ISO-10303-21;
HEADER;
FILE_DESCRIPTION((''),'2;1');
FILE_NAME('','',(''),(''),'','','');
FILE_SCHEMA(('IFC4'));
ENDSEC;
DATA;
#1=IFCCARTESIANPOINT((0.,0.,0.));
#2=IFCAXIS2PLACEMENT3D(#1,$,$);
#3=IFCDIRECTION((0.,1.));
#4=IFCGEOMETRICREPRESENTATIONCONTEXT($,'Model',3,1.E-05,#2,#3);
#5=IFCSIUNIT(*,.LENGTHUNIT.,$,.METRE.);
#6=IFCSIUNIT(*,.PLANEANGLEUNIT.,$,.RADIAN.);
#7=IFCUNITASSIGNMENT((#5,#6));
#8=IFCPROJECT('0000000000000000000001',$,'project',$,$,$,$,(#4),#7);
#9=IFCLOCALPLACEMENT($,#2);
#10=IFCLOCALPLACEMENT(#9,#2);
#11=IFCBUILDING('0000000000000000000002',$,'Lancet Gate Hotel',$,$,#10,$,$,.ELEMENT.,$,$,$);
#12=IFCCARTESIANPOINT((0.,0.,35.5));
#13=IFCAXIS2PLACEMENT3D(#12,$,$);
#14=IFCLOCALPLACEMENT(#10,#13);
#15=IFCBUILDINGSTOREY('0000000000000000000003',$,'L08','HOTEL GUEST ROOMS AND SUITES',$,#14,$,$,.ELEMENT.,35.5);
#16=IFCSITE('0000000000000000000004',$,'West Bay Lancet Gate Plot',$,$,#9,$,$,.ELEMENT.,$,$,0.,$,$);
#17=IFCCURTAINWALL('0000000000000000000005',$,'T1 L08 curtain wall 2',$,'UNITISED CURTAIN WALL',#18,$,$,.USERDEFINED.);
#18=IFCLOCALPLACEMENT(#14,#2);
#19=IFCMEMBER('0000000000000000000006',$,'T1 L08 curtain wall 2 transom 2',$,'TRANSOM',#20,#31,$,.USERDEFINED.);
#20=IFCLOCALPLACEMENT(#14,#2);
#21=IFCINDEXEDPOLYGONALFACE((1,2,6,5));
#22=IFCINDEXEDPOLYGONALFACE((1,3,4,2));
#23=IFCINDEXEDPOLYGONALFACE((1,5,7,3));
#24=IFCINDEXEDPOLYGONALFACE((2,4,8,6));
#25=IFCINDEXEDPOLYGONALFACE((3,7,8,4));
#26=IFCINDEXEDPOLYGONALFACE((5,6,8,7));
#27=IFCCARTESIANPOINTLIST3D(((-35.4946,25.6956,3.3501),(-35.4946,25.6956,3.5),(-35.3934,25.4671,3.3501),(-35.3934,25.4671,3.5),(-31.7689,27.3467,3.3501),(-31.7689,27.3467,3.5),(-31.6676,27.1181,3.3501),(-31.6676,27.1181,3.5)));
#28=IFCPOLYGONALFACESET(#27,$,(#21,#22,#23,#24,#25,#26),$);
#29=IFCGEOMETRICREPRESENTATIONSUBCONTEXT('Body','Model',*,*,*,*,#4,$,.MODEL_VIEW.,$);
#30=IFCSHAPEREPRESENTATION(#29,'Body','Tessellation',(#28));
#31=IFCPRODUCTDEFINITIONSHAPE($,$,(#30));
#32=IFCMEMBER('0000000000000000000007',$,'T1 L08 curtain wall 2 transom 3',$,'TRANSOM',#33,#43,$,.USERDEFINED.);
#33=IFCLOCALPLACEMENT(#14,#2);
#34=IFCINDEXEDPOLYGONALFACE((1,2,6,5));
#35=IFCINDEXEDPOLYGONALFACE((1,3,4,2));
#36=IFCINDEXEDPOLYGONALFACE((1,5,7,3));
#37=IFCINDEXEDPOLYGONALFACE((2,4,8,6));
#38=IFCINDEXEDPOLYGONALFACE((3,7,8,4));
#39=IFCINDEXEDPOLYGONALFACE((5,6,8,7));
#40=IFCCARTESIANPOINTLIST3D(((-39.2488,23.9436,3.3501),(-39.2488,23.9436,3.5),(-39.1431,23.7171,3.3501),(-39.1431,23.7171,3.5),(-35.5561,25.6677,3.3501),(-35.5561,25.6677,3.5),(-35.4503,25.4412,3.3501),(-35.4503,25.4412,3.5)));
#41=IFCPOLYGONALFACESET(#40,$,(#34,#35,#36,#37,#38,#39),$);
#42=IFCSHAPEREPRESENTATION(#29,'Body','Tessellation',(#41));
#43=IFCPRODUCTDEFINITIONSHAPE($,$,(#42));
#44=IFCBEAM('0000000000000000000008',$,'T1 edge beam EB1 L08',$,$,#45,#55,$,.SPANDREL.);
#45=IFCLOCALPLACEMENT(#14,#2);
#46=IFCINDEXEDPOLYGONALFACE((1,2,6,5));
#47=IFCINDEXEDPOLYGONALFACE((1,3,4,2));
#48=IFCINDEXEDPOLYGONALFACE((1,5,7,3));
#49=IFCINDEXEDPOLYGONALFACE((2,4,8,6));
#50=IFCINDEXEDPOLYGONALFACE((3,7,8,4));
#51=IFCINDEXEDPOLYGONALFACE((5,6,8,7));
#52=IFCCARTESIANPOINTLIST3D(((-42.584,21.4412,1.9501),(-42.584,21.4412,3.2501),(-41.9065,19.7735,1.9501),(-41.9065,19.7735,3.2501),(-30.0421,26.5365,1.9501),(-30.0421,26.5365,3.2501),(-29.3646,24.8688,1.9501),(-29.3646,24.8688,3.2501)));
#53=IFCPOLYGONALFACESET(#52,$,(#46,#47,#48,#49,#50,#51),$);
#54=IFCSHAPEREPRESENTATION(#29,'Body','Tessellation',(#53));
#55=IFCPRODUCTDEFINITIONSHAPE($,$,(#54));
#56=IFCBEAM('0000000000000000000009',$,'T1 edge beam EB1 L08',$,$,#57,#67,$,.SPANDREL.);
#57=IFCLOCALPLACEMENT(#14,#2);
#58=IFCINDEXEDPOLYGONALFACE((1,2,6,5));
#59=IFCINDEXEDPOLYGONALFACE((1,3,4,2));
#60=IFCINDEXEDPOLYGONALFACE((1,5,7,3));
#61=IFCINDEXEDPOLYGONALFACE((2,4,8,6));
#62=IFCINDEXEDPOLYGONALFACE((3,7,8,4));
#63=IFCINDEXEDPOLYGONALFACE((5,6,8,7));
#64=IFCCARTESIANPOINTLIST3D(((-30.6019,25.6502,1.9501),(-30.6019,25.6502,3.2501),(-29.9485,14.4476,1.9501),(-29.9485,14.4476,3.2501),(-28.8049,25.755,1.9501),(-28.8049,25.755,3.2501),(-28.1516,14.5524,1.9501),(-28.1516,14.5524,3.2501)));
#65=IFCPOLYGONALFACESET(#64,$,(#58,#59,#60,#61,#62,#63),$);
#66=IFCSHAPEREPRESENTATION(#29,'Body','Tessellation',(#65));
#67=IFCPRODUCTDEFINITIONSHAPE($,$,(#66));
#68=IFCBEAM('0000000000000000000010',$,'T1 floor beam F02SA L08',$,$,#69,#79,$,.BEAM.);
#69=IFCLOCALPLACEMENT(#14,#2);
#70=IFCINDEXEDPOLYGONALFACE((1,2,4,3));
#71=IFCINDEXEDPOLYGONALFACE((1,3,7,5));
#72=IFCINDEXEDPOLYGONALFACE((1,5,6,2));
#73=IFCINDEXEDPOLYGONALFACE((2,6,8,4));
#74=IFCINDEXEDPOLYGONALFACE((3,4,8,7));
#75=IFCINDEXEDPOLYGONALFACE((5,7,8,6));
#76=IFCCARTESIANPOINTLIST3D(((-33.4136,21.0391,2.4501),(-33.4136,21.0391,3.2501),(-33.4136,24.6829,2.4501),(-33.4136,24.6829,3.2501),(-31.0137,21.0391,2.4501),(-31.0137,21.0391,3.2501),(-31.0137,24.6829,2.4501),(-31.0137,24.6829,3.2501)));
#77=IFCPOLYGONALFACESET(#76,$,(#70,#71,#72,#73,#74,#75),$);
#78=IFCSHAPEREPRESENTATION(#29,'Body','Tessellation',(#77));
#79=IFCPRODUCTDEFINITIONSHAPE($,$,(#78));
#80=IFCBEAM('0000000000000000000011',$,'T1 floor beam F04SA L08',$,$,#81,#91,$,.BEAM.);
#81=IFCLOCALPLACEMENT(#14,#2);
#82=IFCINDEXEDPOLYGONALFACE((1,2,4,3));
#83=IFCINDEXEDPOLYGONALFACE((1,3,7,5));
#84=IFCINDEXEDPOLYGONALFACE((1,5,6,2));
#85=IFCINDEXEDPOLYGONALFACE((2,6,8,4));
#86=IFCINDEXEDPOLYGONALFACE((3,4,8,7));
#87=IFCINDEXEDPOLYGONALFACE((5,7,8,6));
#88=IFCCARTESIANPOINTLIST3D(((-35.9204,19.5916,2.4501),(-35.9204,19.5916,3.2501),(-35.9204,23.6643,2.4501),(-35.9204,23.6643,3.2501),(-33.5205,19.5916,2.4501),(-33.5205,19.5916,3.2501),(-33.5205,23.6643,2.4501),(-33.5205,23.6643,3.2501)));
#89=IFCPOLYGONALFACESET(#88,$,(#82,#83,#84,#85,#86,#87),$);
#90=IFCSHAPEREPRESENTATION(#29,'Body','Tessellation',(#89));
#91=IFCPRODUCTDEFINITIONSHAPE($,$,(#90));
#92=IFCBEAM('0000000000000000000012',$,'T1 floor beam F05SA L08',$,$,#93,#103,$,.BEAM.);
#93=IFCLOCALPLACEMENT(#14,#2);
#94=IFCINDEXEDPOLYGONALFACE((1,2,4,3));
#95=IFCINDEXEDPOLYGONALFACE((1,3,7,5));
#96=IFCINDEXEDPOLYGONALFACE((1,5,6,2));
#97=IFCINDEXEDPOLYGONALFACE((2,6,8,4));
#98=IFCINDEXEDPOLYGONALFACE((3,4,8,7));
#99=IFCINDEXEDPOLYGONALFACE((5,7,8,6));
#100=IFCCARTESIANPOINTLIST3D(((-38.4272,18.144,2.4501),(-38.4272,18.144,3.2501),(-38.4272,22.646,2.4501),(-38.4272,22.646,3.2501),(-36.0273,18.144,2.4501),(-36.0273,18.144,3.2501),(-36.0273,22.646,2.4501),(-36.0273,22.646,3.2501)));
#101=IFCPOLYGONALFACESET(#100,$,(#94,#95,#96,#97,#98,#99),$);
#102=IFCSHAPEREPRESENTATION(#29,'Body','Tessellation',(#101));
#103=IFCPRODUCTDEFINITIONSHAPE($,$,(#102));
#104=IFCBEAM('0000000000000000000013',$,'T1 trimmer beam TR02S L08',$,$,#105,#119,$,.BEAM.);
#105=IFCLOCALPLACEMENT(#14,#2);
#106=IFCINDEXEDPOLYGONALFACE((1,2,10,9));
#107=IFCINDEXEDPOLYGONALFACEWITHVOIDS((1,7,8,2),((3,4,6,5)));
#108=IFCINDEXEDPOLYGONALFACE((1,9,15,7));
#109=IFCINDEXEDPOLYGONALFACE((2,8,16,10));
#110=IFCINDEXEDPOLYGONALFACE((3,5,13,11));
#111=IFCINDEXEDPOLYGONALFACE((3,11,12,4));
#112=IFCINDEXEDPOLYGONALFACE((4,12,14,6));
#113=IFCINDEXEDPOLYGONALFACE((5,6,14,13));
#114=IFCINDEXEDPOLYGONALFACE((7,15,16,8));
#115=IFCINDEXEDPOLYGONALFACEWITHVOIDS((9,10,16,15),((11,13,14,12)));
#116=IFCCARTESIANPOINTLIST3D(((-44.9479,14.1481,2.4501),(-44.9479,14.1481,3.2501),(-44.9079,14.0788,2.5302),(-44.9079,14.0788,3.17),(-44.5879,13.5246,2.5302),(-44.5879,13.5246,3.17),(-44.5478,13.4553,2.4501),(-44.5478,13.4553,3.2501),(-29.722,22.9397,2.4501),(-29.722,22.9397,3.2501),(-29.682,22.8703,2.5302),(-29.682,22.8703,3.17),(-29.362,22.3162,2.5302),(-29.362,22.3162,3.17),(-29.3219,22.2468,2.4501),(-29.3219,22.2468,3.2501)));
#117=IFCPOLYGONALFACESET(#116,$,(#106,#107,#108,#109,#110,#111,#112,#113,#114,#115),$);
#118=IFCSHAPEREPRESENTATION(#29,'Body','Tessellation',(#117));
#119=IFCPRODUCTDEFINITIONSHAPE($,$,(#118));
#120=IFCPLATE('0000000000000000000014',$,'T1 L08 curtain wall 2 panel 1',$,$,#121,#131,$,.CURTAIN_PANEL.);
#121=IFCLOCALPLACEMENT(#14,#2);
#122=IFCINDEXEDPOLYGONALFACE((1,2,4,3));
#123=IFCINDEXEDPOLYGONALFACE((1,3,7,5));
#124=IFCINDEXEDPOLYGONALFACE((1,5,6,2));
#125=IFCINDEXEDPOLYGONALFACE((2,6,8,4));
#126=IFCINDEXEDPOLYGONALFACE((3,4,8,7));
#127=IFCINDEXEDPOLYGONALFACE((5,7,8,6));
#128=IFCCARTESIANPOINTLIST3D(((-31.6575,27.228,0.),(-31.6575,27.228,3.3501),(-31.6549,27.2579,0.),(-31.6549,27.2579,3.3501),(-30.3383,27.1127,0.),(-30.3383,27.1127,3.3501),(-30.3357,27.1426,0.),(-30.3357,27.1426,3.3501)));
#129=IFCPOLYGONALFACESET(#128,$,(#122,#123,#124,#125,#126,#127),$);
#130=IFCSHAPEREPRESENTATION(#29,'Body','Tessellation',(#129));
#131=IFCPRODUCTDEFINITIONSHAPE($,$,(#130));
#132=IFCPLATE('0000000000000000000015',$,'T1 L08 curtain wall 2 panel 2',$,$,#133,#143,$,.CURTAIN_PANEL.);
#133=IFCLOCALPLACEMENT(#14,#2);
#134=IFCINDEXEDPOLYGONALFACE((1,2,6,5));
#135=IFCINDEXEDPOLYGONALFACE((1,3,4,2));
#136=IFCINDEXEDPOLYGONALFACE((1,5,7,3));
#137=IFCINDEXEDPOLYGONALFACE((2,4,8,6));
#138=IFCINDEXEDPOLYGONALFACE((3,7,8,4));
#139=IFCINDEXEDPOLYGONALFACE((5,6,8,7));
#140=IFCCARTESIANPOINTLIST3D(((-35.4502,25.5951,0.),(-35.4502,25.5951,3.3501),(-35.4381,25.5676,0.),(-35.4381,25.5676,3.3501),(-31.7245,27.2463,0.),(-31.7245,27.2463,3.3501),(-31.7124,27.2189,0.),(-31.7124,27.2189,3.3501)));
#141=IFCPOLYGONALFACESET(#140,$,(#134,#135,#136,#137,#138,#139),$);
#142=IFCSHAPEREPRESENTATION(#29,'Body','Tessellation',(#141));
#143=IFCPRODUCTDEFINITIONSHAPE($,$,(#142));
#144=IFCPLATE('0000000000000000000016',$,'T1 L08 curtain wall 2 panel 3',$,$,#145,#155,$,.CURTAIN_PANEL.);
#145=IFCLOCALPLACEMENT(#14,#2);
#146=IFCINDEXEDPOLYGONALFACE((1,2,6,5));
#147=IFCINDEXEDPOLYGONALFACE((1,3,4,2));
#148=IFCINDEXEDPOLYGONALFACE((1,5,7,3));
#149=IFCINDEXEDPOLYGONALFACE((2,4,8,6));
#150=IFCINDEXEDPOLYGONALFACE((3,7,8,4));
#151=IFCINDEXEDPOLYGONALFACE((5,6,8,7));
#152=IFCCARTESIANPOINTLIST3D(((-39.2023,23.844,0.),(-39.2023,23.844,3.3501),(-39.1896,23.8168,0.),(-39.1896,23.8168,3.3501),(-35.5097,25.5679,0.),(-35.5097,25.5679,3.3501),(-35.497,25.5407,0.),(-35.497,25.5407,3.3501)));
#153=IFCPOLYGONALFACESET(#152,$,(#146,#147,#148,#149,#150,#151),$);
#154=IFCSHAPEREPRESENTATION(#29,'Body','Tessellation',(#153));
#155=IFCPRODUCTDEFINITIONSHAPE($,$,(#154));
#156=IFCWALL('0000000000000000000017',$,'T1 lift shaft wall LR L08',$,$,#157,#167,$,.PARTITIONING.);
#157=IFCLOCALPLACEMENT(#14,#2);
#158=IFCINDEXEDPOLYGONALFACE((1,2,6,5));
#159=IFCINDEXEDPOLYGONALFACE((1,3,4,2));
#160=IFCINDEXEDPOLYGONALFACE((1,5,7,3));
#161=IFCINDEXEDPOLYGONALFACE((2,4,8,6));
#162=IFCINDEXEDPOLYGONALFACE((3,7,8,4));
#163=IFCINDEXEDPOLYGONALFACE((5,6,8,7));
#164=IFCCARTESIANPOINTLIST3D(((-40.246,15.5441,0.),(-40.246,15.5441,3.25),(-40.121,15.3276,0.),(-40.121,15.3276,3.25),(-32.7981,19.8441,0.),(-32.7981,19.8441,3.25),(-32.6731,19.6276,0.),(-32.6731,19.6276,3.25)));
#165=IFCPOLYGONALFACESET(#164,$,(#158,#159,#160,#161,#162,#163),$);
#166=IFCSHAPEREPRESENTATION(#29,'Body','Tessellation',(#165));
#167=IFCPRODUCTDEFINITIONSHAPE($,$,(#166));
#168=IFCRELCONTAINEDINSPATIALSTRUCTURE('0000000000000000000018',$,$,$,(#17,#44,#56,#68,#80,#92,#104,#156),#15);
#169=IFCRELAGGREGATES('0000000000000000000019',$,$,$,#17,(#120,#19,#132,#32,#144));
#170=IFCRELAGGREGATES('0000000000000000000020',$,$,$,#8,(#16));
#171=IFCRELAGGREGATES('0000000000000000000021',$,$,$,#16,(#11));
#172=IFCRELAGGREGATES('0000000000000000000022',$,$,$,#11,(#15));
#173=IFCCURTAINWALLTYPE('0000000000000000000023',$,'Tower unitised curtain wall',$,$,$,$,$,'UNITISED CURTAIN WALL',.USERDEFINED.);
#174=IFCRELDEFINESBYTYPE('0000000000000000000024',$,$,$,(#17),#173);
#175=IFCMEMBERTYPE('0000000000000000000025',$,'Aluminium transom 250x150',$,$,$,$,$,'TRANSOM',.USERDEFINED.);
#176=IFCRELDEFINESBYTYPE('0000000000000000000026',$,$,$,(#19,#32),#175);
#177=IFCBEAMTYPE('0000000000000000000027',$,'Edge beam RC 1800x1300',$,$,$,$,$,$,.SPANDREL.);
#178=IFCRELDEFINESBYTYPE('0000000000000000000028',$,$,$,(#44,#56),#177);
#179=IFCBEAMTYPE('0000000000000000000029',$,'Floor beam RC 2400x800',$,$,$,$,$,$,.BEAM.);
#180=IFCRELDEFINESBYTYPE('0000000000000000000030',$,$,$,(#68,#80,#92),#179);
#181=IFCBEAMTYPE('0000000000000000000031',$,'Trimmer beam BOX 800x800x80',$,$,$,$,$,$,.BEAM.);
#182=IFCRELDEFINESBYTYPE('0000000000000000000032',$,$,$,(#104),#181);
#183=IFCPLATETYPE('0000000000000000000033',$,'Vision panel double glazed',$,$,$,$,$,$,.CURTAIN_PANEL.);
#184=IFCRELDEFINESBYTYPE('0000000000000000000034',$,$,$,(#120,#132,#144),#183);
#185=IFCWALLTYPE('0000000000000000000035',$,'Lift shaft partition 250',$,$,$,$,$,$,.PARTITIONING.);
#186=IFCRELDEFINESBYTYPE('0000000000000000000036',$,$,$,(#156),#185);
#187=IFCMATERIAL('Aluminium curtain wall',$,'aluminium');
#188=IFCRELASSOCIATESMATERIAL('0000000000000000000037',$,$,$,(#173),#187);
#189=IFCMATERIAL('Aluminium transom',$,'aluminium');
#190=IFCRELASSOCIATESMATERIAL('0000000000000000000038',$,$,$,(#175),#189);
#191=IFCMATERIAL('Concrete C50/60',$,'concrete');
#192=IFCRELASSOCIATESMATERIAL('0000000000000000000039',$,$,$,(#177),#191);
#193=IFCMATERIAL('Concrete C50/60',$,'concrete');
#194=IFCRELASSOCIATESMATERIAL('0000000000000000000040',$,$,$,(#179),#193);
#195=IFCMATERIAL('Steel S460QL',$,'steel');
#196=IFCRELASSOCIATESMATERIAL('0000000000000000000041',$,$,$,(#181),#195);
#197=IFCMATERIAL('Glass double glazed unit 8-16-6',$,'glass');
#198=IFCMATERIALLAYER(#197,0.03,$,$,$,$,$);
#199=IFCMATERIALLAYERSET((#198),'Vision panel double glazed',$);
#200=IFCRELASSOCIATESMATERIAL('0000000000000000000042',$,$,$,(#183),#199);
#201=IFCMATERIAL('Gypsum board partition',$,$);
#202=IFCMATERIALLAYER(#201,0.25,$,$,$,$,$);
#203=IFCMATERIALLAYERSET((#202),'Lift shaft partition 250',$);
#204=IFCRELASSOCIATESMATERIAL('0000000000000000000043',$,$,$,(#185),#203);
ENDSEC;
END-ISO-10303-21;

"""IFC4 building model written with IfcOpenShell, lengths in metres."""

from ifc_helpers import new_model, si_unit, direction, frame, frame_2d, origin, origin_2d, place, context, subcontext, project, spatial, rectangle, hollow_rectangle, extrude, material, layer, layer_set, material_profile, profile_set, type_object, element, aggregate, save


model = new_model("IFC4")

# Units and contexts
model_context = context("Model", 3, precision=1e-05, world=origin(), true_north=direction((0.0, 1.0)))
body_context = subcontext(model_context, "Body", "Model", "MODEL_VIEW")
ifc_project = project(units=[si_unit("LENGTHUNIT", "METRE"), si_unit("PLANEANGLEUNIT", "RADIAN")], contexts=[model_context])

# Site, building, storey
site_placement = place(None, origin())
site = spatial("IfcSite", under=ifc_project, at=site_placement, Name="West Bay Lancet Gate Plot", CompositionType="ELEMENT", RefElevation=0.0)
building_placement = place(site_placement, origin())
building = spatial("IfcBuilding", under=site, at=building_placement, Name="Lancet Gate Hotel", CompositionType="ELEMENT")
storey_placement = place(building_placement, frame((0.0, 0.0, 35.5)))
storey = spatial("IfcBuildingStorey", under=building, at=storey_placement, Name="L08", Description="HOTEL GUEST ROOMS AND SUITES", CompositionType="ELEMENT", Elevation=35.5)

# Curtain wall, members
ifc_material_1 = material(Name="Aluminium curtain wall", Category="aluminium")
curtain_wall_type = type_object("IfcCurtainWallType", Name="Tower unitised curtain wall", ElementType="UNITISED CURTAIN WALL", PredefinedType="USERDEFINED", material=ifc_material_1)
curtain_wall_placement = place(storey_placement, origin())
curtain_wall = element("IfcCurtainWall", 1, at=curtain_wall_placement, inside=storey, type_object=curtain_wall_type, Name="T1 L08 curtain wall 2", ObjectType="UNITISED CURTAIN WALL", PredefinedType="USERDEFINED")
ifc_material_2 = material(Name="Aluminium transom", Category="aluminium")
ifc_material_profile_1 = material_profile(ifc_material_2, rectangle(XDim=0.25, YDim=0.1499, at=origin_2d()), Name="TRANSOM 250x150")
ifc_profile_set_1 = profile_set([ifc_material_profile_1], Name="Aluminium transom")
member_type_1 = type_object("IfcMemberType", Name="Aluminium transom 250x150", ElementType="TRANSOM", PredefinedType="USERDEFINED", material=ifc_profile_set_1)
member_1_placement = place(storey_placement, frame((-31.7183, 27.2324, 3.425), z_axis=(-0.914248, -0.405154, 0.0), x_axis=(0.405154, -0.914248, 0.0)))
member_1 = element("IfcMember", 2, at=member_1_placement, type_object=member_type_1, Name="T1 L08 curtain wall 2 transom 2", ObjectType="TRANSOM", PredefinedType="USERDEFINED", context=body_context, shape_type="SweptSolid", body=[
    extrude(rectangle(XDim=0.25, YDim=0.1499, at=origin_2d()), origin(), (0.0, 0.0, 1.0), 4.0752),
])
member_2_placement = place(storey_placement, frame((-35.5032, 25.5544, 3.425), z_axis=(-0.90611, -0.423043, 0.0), x_axis=(0.423043, -0.90611, 0.0)))
member_2 = element("IfcMember", 3, at=member_2_placement, type_object=member_type_1, Name="T1 L08 curtain wall 2 transom 3", ObjectType="TRANSOM", PredefinedType="USERDEFINED", context=body_context, shape_type="SweptSolid", body=[
    extrude(rectangle(XDim=0.25, YDim=0.1499, at=origin_2d()), origin(), (0.0, 0.0, 1.0), 4.0754),
])

# Beams
ifc_material_3 = material(Name="Concrete C50/60", Category="concrete")
ifc_material_profile_2 = material_profile(ifc_material_3, rectangle(XDim=1.8, YDim=1.3, at=origin_2d()), Name="RC 1800x1300")
ifc_profile_set_2 = profile_set([ifc_material_profile_2], Name="Concrete C50/60")
beam_type_1 = type_object("IfcBeamType", Name="Edge beam RC 1800x1300", PredefinedType="SPANDREL", material=ifc_profile_set_2)
beam_1_placement = place(storey_placement, frame((-29.7034, 25.7026, 2.6001), z_axis=(-0.926463, -0.376385, 0.0), x_axis=(0.376385, -0.926463, 0.0)))
element("IfcBeam", 4, at=beam_1_placement, inside=storey, type_object=beam_type_1, Name="T1 edge beam EB1 L08", PredefinedType="SPANDREL", context=body_context, shape_type="SweptSolid", body=[
    extrude(rectangle(XDim=1.8, YDim=1.3, at=origin_2d()), origin(), (0.0, 0.0, 1.0), 13.5374),
])
beam_2_placement = place(storey_placement, frame((-29.7034, 25.7026, 2.6001), z_axis=(0.05822, -0.998304, 0.0), x_axis=(0.998304, 0.05822, 0.0)))
element("IfcBeam", 5, at=beam_2_placement, inside=storey, type_object=beam_type_1, Name="T1 edge beam EB1 L08", PredefinedType="SPANDREL", context=body_context, shape_type="SweptSolid", body=[
    extrude(rectangle(XDim=1.8, YDim=1.3, at=origin_2d()), origin(), (0.0, 0.0, 1.0), 11.2217),
])
ifc_material_4 = material(Name="Concrete C50/60", Category="concrete")
ifc_material_profile_3 = material_profile(ifc_material_4, rectangle(XDim=2.3999, YDim=0.8, at=origin_2d()), Name="RC 2400x800")
ifc_profile_set_3 = profile_set([ifc_material_profile_3], Name="Concrete C50/60")
beam_type_2 = type_object("IfcBeamType", Name="Floor beam RC 2400x800", PredefinedType="BEAM", material=ifc_profile_set_3)
beam_3_placement = place(storey_placement, frame((-32.2136, 24.6829, 2.8501), z_axis=(0.0, -1.0, 0.0), x_axis=(1.0, 0.0, 0.0)))
element("IfcBeam", 6, at=beam_3_placement, inside=storey, type_object=beam_type_2, Name="T1 floor beam F02SA L08", PredefinedType="BEAM", context=body_context, shape_type="SweptSolid", body=[
    extrude(rectangle(XDim=2.3999, YDim=0.8, at=origin_2d()), origin(), (0.0, 0.0, 1.0), 3.6438),
])
beam_4_placement = place(storey_placement, frame((-34.7205, 23.6643, 2.8501), z_axis=(0.0, -1.0, 0.0), x_axis=(1.0, 0.0, 0.0)))
element("IfcBeam", 7, at=beam_4_placement, inside=storey, type_object=beam_type_2, Name="T1 floor beam F04SA L08", PredefinedType="BEAM", context=body_context, shape_type="SweptSolid", body=[
    extrude(rectangle(XDim=2.3999, YDim=0.8, at=origin_2d()), origin(), (0.0, 0.0, 1.0), 4.0728),
])
beam_5_placement = place(storey_placement, frame((-37.2273, 22.646, 2.8501), z_axis=(0.0, -1.0, 0.0), x_axis=(1.0, 0.0, 0.0)))
element("IfcBeam", 8, at=beam_5_placement, inside=storey, type_object=beam_type_2, Name="T1 floor beam F05SA L08", PredefinedType="BEAM", context=body_context, shape_type="SweptSolid", body=[
    extrude(rectangle(XDim=2.3999, YDim=0.8, at=origin_2d()), origin(), (0.0, 0.0, 1.0), 4.502),
])
ifc_material_5 = material(Name="Steel S460QL", Category="steel")
ifc_material_profile_4 = material_profile(ifc_material_5, hollow_rectangle(XDim=0.8, YDim=0.8, WallThickness=0.0801, at=origin_2d()), Name="BOX 800x800x80")
ifc_profile_set_4 = profile_set([ifc_material_profile_4], Name="Steel S460QL")
beam_type_3 = type_object("IfcBeamType", Name="Trimmer beam BOX 800x800x80", PredefinedType="BEAM", material=ifc_profile_set_4)
beam_6_placement = place(storey_placement, frame((-29.522, 22.5933, 2.8501), z_axis=(-0.866004, -0.500037, 0.0), x_axis=(0.500037, -0.866004, 0.0)))
element("IfcBeam", 9, at=beam_6_placement, inside=storey, type_object=beam_type_3, Name="T1 trimmer beam TR02S L08", PredefinedType="BEAM", context=body_context, shape_type="SweptSolid", body=[
    extrude(hollow_rectangle(XDim=0.8, YDim=0.8, WallThickness=0.0801, at=origin_2d()), origin(), (0.0, 0.0, 1.0), 17.5818),
])

# Plates
ifc_material_6 = material(Name="Glass double glazed unit 8-16-6", Category="glass")
ifc_layer_1 = layer(ifc_material_6, 0.03)
ifc_layer_set_1 = layer_set([ifc_layer_1], Name="Vision panel double glazed")
plate_type = type_object("IfcPlateType", Name="Vision panel double glazed", PredefinedType="CURTAIN_PANEL", material=ifc_layer_set_1)
plate_1_placement = place(storey_placement, frame((-30.9966, 27.1853, 0.0), z_axis=(0.0, 0.0, 1.0), x_axis=(-0.996204, 0.087052, 0.0)))
plate_1 = element("IfcPlate", 10, at=plate_1_placement, type_object=plate_type, Name="T1 L08 curtain wall 2 panel 1", PredefinedType="CURTAIN_PANEL", context=body_context, shape_type="SweptSolid", body=[
    extrude(rectangle(XDim=1.3242, YDim=0.03, at=origin_2d()), origin(), (0.0, 0.0, 1.0), 3.3501),
])
plate_2_placement = place(storey_placement, frame((-33.5813, 26.407, 0.0), z_axis=(0.0, 0.0, 1.0), x_axis=(-0.914234, -0.405186, 0.0)))
plate_2 = element("IfcPlate", 11, at=plate_2_placement, type_object=plate_type, Name="T1 L08 curtain wall 2 panel 2", PredefinedType="CURTAIN_PANEL", context=body_context, shape_type="SweptSolid", body=[
    extrude(rectangle(XDim=4.0752, YDim=0.03, at=origin_2d()), origin(), (0.0, 0.0, 1.0), 3.3501),
])
plate_3_placement = place(storey_placement, frame((-37.3496, 24.6924, 0.0), z_axis=(0.0, 0.0, 1.0), x_axis=(-0.906118, -0.423026, 0.0)))
plate_3 = element("IfcPlate", 12, at=plate_3_placement, type_object=plate_type, Name="T1 L08 curtain wall 2 panel 3", PredefinedType="CURTAIN_PANEL", context=body_context, shape_type="SweptSolid", body=[
    extrude(rectangle(XDim=4.0752, YDim=0.03, at=origin_2d()), origin(), (0.0, 0.0, 1.0), 3.3501),
])
aggregate(curtain_wall, [plate_1, member_1, plate_2, member_2, plate_3])

# Wall
ifc_material_7 = material(Name="Gypsum board partition")
ifc_layer_2 = layer(ifc_material_7, 0.25)
ifc_layer_set_2 = layer_set([ifc_layer_2], Name="Lift shaft partition 250")
wall_type = type_object("IfcWallType", Name="Lift shaft partition 250", PredefinedType="PARTITIONING", material=ifc_layer_set_2)
wall_placement = place(storey_placement, frame((-32.7356, 19.7358, 0.0), z_axis=(0.0, 0.0, 1.0), x_axis=(-0.866028, -0.499995, 0.0)))
element("IfcWall", 13, at=wall_placement, inside=storey, type_object=wall_type, Name="T1 lift shaft wall LR L08", PredefinedType="PARTITIONING", context=body_context, shape_type="SweptSolid", body=[
    extrude(rectangle(XDim=8.6001, YDim=0.25, at=frame_2d((4.3, 0.0))), origin(), (0.0, 0.0, 1.0), 3.25),
])

save(model, "model.ifc")
